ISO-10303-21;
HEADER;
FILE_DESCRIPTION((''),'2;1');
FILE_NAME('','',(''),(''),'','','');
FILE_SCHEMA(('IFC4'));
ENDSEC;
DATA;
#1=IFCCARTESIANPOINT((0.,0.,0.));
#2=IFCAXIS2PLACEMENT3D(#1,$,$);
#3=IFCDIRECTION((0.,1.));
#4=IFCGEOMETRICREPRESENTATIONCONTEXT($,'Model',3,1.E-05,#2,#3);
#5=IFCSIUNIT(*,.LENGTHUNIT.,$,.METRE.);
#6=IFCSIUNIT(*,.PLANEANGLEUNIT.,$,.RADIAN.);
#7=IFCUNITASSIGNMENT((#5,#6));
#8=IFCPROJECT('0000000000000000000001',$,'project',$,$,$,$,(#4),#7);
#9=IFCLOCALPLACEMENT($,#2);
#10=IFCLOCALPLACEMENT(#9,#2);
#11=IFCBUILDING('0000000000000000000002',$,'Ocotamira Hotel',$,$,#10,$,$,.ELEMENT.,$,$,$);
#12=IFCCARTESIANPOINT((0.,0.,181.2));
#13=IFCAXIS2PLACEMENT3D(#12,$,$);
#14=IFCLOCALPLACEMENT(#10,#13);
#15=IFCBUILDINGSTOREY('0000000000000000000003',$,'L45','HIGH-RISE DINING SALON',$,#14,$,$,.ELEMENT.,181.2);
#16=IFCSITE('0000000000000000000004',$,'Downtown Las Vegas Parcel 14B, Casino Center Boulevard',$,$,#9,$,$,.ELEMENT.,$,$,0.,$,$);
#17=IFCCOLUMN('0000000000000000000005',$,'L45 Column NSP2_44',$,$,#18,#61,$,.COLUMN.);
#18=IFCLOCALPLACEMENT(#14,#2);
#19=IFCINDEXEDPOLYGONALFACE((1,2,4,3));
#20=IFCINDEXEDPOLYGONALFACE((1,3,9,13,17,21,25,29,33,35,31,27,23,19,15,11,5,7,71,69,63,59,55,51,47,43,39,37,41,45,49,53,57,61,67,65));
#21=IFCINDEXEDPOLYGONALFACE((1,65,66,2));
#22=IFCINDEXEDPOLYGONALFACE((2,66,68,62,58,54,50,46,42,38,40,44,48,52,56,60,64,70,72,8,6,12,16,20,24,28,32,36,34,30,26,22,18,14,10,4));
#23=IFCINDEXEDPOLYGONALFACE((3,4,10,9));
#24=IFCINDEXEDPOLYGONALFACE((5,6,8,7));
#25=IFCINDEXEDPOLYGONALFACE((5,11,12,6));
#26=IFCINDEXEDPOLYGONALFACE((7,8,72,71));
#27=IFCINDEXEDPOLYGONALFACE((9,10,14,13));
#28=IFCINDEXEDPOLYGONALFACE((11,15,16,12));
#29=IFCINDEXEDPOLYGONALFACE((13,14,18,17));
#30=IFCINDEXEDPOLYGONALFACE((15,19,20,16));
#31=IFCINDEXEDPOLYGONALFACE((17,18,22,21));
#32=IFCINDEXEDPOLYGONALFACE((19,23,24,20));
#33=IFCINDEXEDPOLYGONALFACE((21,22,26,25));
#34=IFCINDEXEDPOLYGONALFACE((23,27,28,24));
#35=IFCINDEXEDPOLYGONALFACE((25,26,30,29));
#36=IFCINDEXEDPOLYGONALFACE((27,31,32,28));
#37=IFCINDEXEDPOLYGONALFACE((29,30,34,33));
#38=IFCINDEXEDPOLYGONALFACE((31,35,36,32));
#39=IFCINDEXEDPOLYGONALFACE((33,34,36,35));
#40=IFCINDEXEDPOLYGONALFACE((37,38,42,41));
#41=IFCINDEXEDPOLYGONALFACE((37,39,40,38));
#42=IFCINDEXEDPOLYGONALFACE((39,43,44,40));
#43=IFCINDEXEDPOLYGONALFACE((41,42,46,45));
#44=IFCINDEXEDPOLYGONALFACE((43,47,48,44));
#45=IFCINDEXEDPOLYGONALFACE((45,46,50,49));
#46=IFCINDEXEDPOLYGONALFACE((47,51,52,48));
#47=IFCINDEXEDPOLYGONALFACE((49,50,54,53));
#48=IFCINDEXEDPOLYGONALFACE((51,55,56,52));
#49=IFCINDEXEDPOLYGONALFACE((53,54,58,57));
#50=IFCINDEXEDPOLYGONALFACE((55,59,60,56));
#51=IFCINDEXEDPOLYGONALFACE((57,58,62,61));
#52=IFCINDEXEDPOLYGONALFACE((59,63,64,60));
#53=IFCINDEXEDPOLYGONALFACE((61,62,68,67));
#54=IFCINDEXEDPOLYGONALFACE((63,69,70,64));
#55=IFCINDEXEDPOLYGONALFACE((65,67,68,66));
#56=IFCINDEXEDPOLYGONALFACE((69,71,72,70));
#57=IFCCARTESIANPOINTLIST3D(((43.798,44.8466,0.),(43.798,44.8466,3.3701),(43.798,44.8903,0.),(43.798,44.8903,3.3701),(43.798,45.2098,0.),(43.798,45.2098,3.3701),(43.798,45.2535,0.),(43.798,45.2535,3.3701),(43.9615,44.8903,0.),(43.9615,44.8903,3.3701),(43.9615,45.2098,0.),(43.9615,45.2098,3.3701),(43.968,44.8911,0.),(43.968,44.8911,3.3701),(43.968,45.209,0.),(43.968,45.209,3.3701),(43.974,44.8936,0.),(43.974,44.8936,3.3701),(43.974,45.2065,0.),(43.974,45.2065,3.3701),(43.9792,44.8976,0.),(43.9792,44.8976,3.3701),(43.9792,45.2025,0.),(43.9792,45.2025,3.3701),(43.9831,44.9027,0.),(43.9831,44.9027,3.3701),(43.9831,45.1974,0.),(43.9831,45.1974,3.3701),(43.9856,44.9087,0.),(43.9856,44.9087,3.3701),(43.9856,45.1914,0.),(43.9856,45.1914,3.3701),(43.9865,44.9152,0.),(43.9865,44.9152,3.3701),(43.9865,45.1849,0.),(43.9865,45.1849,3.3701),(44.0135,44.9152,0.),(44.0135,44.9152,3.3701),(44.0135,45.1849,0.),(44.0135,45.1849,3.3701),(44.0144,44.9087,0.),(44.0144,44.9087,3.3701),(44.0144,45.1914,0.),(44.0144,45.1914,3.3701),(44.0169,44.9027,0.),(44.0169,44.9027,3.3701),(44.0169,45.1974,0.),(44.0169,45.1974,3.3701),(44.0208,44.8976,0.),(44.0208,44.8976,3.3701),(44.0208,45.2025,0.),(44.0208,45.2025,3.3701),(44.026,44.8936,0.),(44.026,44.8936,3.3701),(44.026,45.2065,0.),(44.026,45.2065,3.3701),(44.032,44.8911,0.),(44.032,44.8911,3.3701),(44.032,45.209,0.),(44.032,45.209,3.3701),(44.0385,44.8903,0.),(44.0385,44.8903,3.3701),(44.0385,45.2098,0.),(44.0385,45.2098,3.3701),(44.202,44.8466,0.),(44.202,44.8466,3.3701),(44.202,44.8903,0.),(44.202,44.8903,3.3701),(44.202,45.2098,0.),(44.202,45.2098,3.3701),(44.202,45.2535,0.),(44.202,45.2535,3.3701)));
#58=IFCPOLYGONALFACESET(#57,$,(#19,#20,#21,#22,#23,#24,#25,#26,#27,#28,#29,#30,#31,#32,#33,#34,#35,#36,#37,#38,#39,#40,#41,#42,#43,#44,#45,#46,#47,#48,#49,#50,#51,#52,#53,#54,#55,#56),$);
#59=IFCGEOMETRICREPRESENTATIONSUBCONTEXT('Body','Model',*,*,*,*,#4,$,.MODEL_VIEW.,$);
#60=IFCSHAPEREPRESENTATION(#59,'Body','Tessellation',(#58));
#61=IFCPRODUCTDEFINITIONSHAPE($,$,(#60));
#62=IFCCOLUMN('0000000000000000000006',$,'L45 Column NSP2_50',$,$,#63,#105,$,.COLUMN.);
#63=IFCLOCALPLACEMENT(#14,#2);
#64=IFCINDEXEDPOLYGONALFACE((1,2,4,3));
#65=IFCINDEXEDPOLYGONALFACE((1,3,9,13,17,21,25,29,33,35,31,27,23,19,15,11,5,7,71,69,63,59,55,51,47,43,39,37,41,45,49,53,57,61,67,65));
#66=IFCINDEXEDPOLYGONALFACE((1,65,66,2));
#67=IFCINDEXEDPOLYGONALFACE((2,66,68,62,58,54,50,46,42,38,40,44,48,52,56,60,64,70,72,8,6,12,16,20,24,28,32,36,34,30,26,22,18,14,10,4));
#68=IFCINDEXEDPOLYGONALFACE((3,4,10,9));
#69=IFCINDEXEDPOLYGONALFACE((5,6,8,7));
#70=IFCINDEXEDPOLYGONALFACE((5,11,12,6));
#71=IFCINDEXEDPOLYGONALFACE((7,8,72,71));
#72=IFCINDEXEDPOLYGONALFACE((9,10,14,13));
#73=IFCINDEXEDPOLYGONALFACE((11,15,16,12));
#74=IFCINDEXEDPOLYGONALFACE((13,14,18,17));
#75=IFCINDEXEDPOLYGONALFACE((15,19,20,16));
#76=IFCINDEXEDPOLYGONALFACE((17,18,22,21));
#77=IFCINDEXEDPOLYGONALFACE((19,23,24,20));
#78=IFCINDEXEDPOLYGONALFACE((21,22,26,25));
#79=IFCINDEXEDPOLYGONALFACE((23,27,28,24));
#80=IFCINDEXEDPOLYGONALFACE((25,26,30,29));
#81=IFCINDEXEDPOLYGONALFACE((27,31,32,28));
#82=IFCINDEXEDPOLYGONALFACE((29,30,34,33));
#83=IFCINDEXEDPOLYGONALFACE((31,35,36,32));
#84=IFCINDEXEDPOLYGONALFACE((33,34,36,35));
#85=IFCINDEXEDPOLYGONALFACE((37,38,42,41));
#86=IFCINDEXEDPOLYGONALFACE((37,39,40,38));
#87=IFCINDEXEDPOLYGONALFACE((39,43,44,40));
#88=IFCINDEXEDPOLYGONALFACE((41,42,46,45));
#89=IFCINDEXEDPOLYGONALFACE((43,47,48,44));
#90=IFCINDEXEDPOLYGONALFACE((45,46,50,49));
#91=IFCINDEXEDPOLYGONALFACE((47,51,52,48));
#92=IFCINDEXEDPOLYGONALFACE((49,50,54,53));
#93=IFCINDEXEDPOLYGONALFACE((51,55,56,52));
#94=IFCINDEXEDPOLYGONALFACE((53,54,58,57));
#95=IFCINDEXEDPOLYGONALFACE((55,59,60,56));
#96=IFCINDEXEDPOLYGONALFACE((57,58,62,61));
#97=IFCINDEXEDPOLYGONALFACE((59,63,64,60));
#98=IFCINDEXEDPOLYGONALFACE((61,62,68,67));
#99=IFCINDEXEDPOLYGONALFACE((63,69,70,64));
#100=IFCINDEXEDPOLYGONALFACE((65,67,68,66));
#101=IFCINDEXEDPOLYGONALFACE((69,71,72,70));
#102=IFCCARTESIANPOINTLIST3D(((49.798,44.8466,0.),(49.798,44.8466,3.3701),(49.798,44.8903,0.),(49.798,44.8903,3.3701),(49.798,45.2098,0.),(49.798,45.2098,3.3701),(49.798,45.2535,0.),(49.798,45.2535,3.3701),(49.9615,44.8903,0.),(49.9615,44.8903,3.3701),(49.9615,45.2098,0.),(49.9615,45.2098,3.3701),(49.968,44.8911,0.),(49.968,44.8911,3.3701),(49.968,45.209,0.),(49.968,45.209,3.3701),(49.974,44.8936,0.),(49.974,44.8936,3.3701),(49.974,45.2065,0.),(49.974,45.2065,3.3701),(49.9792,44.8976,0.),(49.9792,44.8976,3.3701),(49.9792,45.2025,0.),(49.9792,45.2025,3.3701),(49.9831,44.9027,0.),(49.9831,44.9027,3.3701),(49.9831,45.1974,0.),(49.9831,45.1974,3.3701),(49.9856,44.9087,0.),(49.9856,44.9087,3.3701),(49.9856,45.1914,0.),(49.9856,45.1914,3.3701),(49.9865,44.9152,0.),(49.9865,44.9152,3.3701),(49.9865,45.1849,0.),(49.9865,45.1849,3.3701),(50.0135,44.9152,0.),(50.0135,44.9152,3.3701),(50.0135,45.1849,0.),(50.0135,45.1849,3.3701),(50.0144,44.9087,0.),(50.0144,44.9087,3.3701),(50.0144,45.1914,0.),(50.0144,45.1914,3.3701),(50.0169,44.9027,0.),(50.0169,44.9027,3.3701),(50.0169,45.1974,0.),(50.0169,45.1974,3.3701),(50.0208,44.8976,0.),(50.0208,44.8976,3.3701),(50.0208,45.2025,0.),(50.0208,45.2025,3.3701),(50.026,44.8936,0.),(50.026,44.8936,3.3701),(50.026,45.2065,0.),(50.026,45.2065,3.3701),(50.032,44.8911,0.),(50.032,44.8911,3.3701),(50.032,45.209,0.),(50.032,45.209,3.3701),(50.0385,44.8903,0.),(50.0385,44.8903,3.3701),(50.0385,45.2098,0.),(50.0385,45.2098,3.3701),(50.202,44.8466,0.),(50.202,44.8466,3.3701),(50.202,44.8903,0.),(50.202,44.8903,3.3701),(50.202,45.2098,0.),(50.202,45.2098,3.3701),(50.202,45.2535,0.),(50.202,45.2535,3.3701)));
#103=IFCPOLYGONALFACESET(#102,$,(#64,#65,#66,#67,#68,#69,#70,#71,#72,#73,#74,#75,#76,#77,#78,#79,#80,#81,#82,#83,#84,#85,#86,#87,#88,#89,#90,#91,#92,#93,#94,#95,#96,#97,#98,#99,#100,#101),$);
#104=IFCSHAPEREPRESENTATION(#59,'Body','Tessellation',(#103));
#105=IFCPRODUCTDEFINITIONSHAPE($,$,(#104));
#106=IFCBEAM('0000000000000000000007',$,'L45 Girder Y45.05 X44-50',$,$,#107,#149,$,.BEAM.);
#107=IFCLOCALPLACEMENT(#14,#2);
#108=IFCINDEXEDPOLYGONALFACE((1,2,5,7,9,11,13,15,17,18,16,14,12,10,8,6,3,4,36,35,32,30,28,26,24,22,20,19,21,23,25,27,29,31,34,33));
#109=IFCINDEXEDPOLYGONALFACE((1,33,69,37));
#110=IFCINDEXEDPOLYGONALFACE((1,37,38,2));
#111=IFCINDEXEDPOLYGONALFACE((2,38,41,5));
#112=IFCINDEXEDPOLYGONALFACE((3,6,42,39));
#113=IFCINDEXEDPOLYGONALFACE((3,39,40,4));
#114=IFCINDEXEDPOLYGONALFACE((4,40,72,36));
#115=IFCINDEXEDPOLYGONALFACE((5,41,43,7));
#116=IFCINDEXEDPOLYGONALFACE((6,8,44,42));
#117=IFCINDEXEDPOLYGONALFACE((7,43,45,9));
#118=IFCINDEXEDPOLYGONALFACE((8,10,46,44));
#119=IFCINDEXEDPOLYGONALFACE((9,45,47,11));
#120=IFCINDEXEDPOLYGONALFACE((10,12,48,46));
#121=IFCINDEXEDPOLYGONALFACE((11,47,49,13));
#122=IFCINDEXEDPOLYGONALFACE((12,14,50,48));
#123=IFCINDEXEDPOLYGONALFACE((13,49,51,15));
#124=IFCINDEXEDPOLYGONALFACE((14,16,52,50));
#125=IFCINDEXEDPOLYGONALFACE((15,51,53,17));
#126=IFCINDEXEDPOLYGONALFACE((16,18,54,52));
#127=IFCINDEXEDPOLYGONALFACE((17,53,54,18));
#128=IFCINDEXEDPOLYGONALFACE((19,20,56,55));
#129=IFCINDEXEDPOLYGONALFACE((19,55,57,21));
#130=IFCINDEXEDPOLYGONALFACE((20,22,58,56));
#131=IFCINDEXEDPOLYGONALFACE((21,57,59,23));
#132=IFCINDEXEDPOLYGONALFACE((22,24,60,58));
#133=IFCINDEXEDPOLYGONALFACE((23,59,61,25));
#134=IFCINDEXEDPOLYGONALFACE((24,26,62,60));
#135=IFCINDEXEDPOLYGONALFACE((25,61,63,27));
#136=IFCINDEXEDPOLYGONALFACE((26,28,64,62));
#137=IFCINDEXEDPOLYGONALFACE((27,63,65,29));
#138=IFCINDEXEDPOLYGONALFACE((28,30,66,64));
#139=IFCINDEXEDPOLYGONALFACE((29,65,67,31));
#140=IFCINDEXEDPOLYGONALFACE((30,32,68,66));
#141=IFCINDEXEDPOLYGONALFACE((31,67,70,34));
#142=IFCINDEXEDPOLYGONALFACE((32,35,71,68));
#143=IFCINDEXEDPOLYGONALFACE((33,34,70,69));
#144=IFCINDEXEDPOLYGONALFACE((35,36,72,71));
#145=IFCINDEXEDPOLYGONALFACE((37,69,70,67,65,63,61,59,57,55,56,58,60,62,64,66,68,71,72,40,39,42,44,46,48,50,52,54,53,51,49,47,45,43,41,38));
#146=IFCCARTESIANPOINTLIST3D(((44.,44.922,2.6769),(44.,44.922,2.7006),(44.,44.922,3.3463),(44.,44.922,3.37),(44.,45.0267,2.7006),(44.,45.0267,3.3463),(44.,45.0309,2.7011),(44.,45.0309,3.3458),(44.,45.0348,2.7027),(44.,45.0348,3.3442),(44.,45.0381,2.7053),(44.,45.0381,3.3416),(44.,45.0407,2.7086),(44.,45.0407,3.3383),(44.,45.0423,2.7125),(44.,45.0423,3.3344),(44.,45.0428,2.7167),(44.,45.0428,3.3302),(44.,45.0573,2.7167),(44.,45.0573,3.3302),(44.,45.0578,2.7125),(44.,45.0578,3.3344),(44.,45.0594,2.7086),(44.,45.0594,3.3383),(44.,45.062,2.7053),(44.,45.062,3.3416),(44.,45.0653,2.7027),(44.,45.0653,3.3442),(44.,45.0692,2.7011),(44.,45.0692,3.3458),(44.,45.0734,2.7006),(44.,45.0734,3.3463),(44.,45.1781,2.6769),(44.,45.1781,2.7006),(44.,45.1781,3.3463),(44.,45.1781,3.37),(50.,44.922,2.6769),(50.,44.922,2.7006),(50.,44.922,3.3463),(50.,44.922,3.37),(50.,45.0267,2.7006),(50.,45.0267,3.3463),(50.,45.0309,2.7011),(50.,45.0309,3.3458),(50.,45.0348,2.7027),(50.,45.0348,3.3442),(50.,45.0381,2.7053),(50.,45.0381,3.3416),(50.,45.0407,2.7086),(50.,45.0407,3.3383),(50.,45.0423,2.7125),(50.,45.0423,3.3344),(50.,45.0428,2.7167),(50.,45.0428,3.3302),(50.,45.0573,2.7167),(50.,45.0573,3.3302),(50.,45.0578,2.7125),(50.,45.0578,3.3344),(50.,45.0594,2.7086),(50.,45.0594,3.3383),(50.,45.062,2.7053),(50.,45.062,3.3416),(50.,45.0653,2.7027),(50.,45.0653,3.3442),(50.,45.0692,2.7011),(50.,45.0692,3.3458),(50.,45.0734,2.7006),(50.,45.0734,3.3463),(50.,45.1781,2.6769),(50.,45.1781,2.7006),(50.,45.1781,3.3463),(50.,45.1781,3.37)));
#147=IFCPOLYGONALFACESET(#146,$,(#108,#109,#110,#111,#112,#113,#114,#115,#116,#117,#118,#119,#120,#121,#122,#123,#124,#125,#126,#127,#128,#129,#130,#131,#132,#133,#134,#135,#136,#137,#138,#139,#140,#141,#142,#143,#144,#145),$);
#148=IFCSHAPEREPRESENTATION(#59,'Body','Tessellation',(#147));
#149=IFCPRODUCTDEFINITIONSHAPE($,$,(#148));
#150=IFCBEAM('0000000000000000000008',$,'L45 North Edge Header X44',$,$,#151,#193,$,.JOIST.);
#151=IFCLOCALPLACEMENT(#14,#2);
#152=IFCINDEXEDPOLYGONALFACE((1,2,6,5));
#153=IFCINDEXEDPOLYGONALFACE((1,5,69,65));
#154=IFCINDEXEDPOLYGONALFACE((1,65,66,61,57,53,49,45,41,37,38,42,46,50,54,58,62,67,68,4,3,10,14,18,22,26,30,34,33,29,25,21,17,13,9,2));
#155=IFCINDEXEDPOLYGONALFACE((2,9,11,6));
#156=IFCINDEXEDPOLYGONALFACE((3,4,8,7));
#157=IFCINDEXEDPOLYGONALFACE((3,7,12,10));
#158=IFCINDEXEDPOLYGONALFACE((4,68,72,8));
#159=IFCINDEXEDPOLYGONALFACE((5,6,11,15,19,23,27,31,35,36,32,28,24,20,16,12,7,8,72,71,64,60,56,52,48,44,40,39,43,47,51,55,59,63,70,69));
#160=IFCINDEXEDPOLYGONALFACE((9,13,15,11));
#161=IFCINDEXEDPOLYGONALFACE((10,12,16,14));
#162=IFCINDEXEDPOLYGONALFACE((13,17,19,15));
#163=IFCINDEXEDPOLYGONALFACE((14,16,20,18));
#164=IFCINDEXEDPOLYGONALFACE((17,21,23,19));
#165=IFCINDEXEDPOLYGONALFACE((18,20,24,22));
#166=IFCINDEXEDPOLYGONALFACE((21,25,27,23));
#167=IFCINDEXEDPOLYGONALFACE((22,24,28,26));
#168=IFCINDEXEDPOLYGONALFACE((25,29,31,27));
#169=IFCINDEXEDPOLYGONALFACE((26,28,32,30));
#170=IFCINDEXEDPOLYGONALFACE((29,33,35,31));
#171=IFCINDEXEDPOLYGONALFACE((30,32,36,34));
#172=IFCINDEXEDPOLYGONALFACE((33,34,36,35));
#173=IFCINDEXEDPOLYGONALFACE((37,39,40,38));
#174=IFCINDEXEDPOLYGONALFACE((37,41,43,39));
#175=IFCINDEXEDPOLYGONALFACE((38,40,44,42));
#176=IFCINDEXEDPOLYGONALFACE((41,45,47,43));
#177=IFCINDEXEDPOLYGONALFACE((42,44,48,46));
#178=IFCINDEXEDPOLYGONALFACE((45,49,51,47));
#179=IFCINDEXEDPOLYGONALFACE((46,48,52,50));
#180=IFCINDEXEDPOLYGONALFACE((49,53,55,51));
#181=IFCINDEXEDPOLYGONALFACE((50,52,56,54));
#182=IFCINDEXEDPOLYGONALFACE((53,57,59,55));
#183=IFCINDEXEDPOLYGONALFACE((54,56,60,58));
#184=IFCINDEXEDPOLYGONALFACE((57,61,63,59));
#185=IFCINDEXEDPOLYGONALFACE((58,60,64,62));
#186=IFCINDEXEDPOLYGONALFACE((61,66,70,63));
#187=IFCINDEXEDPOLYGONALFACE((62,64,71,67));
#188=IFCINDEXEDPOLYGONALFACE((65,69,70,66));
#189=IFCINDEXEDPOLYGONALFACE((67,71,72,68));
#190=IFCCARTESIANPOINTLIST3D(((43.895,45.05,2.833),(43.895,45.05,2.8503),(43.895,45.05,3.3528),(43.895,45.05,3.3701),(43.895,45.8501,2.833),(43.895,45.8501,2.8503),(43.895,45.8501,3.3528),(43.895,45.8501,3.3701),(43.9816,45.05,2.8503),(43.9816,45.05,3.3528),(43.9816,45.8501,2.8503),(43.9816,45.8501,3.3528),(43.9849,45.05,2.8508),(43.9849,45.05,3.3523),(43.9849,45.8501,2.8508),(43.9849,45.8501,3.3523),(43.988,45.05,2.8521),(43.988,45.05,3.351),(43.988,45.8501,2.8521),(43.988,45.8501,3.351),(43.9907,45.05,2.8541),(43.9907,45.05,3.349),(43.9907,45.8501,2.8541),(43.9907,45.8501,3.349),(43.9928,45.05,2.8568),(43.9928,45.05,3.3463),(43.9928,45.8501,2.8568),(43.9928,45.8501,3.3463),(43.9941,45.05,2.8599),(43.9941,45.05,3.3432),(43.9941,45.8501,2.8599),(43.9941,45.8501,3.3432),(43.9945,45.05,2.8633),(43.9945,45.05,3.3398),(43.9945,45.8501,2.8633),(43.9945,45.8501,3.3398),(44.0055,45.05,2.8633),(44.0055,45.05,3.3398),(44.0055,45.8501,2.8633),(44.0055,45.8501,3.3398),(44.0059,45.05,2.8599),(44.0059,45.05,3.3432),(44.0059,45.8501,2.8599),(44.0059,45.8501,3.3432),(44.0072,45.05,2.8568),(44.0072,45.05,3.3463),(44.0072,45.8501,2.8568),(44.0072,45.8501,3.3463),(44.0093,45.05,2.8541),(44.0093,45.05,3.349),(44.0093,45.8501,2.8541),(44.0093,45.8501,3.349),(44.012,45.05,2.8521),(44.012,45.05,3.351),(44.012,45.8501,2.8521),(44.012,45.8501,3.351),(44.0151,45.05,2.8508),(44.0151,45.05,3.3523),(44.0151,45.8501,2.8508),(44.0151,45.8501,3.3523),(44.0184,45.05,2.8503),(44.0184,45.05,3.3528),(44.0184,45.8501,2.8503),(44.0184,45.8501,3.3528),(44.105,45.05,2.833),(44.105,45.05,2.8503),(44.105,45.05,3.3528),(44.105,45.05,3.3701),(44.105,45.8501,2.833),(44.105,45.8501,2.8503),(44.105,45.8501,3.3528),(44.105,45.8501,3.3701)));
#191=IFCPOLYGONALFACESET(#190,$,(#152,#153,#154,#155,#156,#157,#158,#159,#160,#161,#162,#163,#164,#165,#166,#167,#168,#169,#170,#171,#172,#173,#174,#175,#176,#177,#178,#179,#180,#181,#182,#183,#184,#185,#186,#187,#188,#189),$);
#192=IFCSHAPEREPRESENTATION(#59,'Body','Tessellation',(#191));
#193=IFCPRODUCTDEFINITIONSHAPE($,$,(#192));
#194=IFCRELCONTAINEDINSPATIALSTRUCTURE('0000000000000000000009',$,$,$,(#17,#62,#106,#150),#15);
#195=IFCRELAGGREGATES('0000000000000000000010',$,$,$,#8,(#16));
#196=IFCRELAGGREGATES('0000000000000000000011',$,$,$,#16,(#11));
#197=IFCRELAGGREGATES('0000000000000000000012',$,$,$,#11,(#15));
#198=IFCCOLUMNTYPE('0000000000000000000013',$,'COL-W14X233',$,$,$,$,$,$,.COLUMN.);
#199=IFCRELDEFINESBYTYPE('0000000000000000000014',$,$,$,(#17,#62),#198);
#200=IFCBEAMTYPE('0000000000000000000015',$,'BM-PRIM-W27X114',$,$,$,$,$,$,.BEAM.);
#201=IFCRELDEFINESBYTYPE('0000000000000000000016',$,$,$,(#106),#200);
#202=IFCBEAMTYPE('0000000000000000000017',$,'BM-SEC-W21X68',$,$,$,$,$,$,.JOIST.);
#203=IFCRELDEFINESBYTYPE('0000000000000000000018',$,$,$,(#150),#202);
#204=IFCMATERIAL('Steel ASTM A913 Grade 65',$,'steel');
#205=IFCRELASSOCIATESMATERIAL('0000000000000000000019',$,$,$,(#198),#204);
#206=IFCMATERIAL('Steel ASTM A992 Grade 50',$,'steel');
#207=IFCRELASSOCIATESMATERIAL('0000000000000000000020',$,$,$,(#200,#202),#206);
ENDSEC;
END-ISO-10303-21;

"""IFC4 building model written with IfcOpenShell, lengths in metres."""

from ifc_helpers import new_model, si_unit, direction, frame, origin, origin_2d, place, context, subcontext, project, spatial, i_section, extrude, source, transform, mapped, material, material_profile, profile_set, type_object, element, save


model = new_model("IFC4")

# Units and contexts
model_context = context("Model", 3, precision=1e-05, world=origin(), true_north=direction((0.0, 1.0)))
body_context = subcontext(model_context, "Body", "Model", "MODEL_VIEW")
ifc_project = project(units=[si_unit("LENGTHUNIT", "METRE"), si_unit("PLANEANGLEUNIT", "RADIAN")], contexts=[model_context])

# Site, building, storey
site_placement = place(None, origin())
site = spatial("IfcSite", under=ifc_project, at=site_placement, Name="Downtown Las Vegas Parcel 14B, Casino Center Boulevard", CompositionType="ELEMENT", RefElevation=0.0)
building_placement = place(site_placement, origin())
building = spatial("IfcBuilding", under=site, at=building_placement, Name="Ocotamira Hotel", CompositionType="ELEMENT")
storey_placement = place(building_placement, frame((0.0, 0.0, 181.2)))
storey = spatial("IfcBuildingStorey", under=building, at=storey_placement, Name="L45", Description="HIGH-RISE DINING SALON", CompositionType="ELEMENT", Elevation=181.2)

# Columns
ifc_material_1 = material(Name="Steel ASTM A913 Grade 65", Category="steel")
ifc_material_profile_1 = material_profile(ifc_material_1, i_section(OverallWidth=0.4041, OverallDepth=0.407, WebThickness=0.0271, FlangeThickness=0.0437, FilletRadius=0.0249, at=origin_2d()), Name="W14X233")
ifc_profile_set_1 = profile_set([ifc_material_profile_1], Name="Steel ASTM A913 Grade 65")
column_type = type_object("IfcColumnType", Name="COL-W14X233", PredefinedType="COLUMN", material=ifc_profile_set_1)
shared_shape_1 = source(origin(), body_context, "Body", "SweptSolid", [
    extrude(i_section(OverallWidth=0.4041, OverallDepth=0.407, WebThickness=0.0271, FlangeThickness=0.0437, FilletRadius=0.0249, at=origin_2d()), origin(), (0.0, 0.0, 1.0), 3.3701),
])
for number, where, z_axis, x_axis, name in (
    (1, (44.0, 45.05, 0.0), (0.0, 0.0, 1.0), (1.0, 0.0, 0.0), "L45 Column NSP2_44"),
    (2, (50.0, 45.05, 0.0), (0.0, 0.0, 1.0), (1.0, 0.0, 0.0), "L45 Column NSP2_50"),
):
    element("IfcColumn", number, at=place(storey_placement, frame(where, z_axis=z_axis, x_axis=x_axis)), inside=storey, type_object=column_type, Name=name, PredefinedType="COLUMN", context=body_context, shape_type="MappedRepresentation", body=[
        mapped(shared_shape_1, transform((0.0, 0.0, 0.0), scale=1.0)),
    ])

# Beams
ifc_material_2 = material(Name="Steel ASTM A992 Grade 50", Category="steel")
ifc_material_profile_2 = material_profile(ifc_material_2, i_section(OverallWidth=0.2561, OverallDepth=0.6931, WebThickness=0.0144, FlangeThickness=0.0237, FilletRadius=0.0161, at=origin_2d()), Name="W27X114")
ifc_profile_set_2 = profile_set([ifc_material_profile_2], Name="Steel ASTM A992 Grade 50")
beam_type_1 = type_object("IfcBeamType", Name="BM-PRIM-W27X114", PredefinedType="BEAM", material=ifc_profile_set_2)
shared_shape_2 = source(origin(), body_context, "Body", "SweptSolid", [
    extrude(i_section(OverallWidth=0.2561, OverallDepth=0.6931, WebThickness=0.0144, FlangeThickness=0.0237, FilletRadius=0.0161, at=origin_2d()), origin(), (0.0, 0.0, 1.0), 6.0),
])
beam_1_placement = place(storey_placement, frame((44.0, 45.05, 3.0234), z_axis=(1.0, 0.0, 0.0), x_axis=(0.0, 1.0, 0.0)))
element("IfcBeam", 3, at=beam_1_placement, inside=storey, type_object=beam_type_1, Name="L45 Girder Y45.05 X44-50", PredefinedType="BEAM", context=body_context, shape_type="MappedRepresentation", body=[
    mapped(shared_shape_2, transform((0.0, 0.0, 0.0), scale=1.0)),
])
ifc_material_profile_3 = material_profile(ifc_material_2, i_section(OverallWidth=0.21, OverallDepth=0.5371, WebThickness=0.011, FlangeThickness=0.0173, FilletRadius=0.0129, at=origin_2d()), Name="W21X68")
ifc_profile_set_3 = profile_set([ifc_material_profile_3], Name="Steel ASTM A992 Grade 50")
beam_type_2 = type_object("IfcBeamType", Name="BM-SEC-W21X68", PredefinedType="JOIST", material=ifc_profile_set_3)
shared_shape_3 = source(origin(), body_context, "Body", "SweptSolid", [
    extrude(i_section(OverallWidth=0.21, OverallDepth=0.5371, WebThickness=0.011, FlangeThickness=0.0173, FilletRadius=0.0129, at=origin_2d()), origin(), (0.0, 0.0, 1.0), 0.8),
])
for number, where, z_axis, x_axis, name in (
    (4, (44.0, 45.05, 3.1016), (0.0, 1.0, 0.0), (-1.0, 0.0, 0.0), "L45 North Edge Header X44"),
):
    element("IfcBeam", number, at=place(storey_placement, frame(where, z_axis=z_axis, x_axis=x_axis)), inside=storey, type_object=beam_type_2, Name=name, PredefinedType="JOIST", context=body_context, shape_type="MappedRepresentation", body=[
        mapped(shared_shape_3, transform((0.0, 0.0, 0.0), scale=1.0)),
    ])

save(model, "model.ifc")
